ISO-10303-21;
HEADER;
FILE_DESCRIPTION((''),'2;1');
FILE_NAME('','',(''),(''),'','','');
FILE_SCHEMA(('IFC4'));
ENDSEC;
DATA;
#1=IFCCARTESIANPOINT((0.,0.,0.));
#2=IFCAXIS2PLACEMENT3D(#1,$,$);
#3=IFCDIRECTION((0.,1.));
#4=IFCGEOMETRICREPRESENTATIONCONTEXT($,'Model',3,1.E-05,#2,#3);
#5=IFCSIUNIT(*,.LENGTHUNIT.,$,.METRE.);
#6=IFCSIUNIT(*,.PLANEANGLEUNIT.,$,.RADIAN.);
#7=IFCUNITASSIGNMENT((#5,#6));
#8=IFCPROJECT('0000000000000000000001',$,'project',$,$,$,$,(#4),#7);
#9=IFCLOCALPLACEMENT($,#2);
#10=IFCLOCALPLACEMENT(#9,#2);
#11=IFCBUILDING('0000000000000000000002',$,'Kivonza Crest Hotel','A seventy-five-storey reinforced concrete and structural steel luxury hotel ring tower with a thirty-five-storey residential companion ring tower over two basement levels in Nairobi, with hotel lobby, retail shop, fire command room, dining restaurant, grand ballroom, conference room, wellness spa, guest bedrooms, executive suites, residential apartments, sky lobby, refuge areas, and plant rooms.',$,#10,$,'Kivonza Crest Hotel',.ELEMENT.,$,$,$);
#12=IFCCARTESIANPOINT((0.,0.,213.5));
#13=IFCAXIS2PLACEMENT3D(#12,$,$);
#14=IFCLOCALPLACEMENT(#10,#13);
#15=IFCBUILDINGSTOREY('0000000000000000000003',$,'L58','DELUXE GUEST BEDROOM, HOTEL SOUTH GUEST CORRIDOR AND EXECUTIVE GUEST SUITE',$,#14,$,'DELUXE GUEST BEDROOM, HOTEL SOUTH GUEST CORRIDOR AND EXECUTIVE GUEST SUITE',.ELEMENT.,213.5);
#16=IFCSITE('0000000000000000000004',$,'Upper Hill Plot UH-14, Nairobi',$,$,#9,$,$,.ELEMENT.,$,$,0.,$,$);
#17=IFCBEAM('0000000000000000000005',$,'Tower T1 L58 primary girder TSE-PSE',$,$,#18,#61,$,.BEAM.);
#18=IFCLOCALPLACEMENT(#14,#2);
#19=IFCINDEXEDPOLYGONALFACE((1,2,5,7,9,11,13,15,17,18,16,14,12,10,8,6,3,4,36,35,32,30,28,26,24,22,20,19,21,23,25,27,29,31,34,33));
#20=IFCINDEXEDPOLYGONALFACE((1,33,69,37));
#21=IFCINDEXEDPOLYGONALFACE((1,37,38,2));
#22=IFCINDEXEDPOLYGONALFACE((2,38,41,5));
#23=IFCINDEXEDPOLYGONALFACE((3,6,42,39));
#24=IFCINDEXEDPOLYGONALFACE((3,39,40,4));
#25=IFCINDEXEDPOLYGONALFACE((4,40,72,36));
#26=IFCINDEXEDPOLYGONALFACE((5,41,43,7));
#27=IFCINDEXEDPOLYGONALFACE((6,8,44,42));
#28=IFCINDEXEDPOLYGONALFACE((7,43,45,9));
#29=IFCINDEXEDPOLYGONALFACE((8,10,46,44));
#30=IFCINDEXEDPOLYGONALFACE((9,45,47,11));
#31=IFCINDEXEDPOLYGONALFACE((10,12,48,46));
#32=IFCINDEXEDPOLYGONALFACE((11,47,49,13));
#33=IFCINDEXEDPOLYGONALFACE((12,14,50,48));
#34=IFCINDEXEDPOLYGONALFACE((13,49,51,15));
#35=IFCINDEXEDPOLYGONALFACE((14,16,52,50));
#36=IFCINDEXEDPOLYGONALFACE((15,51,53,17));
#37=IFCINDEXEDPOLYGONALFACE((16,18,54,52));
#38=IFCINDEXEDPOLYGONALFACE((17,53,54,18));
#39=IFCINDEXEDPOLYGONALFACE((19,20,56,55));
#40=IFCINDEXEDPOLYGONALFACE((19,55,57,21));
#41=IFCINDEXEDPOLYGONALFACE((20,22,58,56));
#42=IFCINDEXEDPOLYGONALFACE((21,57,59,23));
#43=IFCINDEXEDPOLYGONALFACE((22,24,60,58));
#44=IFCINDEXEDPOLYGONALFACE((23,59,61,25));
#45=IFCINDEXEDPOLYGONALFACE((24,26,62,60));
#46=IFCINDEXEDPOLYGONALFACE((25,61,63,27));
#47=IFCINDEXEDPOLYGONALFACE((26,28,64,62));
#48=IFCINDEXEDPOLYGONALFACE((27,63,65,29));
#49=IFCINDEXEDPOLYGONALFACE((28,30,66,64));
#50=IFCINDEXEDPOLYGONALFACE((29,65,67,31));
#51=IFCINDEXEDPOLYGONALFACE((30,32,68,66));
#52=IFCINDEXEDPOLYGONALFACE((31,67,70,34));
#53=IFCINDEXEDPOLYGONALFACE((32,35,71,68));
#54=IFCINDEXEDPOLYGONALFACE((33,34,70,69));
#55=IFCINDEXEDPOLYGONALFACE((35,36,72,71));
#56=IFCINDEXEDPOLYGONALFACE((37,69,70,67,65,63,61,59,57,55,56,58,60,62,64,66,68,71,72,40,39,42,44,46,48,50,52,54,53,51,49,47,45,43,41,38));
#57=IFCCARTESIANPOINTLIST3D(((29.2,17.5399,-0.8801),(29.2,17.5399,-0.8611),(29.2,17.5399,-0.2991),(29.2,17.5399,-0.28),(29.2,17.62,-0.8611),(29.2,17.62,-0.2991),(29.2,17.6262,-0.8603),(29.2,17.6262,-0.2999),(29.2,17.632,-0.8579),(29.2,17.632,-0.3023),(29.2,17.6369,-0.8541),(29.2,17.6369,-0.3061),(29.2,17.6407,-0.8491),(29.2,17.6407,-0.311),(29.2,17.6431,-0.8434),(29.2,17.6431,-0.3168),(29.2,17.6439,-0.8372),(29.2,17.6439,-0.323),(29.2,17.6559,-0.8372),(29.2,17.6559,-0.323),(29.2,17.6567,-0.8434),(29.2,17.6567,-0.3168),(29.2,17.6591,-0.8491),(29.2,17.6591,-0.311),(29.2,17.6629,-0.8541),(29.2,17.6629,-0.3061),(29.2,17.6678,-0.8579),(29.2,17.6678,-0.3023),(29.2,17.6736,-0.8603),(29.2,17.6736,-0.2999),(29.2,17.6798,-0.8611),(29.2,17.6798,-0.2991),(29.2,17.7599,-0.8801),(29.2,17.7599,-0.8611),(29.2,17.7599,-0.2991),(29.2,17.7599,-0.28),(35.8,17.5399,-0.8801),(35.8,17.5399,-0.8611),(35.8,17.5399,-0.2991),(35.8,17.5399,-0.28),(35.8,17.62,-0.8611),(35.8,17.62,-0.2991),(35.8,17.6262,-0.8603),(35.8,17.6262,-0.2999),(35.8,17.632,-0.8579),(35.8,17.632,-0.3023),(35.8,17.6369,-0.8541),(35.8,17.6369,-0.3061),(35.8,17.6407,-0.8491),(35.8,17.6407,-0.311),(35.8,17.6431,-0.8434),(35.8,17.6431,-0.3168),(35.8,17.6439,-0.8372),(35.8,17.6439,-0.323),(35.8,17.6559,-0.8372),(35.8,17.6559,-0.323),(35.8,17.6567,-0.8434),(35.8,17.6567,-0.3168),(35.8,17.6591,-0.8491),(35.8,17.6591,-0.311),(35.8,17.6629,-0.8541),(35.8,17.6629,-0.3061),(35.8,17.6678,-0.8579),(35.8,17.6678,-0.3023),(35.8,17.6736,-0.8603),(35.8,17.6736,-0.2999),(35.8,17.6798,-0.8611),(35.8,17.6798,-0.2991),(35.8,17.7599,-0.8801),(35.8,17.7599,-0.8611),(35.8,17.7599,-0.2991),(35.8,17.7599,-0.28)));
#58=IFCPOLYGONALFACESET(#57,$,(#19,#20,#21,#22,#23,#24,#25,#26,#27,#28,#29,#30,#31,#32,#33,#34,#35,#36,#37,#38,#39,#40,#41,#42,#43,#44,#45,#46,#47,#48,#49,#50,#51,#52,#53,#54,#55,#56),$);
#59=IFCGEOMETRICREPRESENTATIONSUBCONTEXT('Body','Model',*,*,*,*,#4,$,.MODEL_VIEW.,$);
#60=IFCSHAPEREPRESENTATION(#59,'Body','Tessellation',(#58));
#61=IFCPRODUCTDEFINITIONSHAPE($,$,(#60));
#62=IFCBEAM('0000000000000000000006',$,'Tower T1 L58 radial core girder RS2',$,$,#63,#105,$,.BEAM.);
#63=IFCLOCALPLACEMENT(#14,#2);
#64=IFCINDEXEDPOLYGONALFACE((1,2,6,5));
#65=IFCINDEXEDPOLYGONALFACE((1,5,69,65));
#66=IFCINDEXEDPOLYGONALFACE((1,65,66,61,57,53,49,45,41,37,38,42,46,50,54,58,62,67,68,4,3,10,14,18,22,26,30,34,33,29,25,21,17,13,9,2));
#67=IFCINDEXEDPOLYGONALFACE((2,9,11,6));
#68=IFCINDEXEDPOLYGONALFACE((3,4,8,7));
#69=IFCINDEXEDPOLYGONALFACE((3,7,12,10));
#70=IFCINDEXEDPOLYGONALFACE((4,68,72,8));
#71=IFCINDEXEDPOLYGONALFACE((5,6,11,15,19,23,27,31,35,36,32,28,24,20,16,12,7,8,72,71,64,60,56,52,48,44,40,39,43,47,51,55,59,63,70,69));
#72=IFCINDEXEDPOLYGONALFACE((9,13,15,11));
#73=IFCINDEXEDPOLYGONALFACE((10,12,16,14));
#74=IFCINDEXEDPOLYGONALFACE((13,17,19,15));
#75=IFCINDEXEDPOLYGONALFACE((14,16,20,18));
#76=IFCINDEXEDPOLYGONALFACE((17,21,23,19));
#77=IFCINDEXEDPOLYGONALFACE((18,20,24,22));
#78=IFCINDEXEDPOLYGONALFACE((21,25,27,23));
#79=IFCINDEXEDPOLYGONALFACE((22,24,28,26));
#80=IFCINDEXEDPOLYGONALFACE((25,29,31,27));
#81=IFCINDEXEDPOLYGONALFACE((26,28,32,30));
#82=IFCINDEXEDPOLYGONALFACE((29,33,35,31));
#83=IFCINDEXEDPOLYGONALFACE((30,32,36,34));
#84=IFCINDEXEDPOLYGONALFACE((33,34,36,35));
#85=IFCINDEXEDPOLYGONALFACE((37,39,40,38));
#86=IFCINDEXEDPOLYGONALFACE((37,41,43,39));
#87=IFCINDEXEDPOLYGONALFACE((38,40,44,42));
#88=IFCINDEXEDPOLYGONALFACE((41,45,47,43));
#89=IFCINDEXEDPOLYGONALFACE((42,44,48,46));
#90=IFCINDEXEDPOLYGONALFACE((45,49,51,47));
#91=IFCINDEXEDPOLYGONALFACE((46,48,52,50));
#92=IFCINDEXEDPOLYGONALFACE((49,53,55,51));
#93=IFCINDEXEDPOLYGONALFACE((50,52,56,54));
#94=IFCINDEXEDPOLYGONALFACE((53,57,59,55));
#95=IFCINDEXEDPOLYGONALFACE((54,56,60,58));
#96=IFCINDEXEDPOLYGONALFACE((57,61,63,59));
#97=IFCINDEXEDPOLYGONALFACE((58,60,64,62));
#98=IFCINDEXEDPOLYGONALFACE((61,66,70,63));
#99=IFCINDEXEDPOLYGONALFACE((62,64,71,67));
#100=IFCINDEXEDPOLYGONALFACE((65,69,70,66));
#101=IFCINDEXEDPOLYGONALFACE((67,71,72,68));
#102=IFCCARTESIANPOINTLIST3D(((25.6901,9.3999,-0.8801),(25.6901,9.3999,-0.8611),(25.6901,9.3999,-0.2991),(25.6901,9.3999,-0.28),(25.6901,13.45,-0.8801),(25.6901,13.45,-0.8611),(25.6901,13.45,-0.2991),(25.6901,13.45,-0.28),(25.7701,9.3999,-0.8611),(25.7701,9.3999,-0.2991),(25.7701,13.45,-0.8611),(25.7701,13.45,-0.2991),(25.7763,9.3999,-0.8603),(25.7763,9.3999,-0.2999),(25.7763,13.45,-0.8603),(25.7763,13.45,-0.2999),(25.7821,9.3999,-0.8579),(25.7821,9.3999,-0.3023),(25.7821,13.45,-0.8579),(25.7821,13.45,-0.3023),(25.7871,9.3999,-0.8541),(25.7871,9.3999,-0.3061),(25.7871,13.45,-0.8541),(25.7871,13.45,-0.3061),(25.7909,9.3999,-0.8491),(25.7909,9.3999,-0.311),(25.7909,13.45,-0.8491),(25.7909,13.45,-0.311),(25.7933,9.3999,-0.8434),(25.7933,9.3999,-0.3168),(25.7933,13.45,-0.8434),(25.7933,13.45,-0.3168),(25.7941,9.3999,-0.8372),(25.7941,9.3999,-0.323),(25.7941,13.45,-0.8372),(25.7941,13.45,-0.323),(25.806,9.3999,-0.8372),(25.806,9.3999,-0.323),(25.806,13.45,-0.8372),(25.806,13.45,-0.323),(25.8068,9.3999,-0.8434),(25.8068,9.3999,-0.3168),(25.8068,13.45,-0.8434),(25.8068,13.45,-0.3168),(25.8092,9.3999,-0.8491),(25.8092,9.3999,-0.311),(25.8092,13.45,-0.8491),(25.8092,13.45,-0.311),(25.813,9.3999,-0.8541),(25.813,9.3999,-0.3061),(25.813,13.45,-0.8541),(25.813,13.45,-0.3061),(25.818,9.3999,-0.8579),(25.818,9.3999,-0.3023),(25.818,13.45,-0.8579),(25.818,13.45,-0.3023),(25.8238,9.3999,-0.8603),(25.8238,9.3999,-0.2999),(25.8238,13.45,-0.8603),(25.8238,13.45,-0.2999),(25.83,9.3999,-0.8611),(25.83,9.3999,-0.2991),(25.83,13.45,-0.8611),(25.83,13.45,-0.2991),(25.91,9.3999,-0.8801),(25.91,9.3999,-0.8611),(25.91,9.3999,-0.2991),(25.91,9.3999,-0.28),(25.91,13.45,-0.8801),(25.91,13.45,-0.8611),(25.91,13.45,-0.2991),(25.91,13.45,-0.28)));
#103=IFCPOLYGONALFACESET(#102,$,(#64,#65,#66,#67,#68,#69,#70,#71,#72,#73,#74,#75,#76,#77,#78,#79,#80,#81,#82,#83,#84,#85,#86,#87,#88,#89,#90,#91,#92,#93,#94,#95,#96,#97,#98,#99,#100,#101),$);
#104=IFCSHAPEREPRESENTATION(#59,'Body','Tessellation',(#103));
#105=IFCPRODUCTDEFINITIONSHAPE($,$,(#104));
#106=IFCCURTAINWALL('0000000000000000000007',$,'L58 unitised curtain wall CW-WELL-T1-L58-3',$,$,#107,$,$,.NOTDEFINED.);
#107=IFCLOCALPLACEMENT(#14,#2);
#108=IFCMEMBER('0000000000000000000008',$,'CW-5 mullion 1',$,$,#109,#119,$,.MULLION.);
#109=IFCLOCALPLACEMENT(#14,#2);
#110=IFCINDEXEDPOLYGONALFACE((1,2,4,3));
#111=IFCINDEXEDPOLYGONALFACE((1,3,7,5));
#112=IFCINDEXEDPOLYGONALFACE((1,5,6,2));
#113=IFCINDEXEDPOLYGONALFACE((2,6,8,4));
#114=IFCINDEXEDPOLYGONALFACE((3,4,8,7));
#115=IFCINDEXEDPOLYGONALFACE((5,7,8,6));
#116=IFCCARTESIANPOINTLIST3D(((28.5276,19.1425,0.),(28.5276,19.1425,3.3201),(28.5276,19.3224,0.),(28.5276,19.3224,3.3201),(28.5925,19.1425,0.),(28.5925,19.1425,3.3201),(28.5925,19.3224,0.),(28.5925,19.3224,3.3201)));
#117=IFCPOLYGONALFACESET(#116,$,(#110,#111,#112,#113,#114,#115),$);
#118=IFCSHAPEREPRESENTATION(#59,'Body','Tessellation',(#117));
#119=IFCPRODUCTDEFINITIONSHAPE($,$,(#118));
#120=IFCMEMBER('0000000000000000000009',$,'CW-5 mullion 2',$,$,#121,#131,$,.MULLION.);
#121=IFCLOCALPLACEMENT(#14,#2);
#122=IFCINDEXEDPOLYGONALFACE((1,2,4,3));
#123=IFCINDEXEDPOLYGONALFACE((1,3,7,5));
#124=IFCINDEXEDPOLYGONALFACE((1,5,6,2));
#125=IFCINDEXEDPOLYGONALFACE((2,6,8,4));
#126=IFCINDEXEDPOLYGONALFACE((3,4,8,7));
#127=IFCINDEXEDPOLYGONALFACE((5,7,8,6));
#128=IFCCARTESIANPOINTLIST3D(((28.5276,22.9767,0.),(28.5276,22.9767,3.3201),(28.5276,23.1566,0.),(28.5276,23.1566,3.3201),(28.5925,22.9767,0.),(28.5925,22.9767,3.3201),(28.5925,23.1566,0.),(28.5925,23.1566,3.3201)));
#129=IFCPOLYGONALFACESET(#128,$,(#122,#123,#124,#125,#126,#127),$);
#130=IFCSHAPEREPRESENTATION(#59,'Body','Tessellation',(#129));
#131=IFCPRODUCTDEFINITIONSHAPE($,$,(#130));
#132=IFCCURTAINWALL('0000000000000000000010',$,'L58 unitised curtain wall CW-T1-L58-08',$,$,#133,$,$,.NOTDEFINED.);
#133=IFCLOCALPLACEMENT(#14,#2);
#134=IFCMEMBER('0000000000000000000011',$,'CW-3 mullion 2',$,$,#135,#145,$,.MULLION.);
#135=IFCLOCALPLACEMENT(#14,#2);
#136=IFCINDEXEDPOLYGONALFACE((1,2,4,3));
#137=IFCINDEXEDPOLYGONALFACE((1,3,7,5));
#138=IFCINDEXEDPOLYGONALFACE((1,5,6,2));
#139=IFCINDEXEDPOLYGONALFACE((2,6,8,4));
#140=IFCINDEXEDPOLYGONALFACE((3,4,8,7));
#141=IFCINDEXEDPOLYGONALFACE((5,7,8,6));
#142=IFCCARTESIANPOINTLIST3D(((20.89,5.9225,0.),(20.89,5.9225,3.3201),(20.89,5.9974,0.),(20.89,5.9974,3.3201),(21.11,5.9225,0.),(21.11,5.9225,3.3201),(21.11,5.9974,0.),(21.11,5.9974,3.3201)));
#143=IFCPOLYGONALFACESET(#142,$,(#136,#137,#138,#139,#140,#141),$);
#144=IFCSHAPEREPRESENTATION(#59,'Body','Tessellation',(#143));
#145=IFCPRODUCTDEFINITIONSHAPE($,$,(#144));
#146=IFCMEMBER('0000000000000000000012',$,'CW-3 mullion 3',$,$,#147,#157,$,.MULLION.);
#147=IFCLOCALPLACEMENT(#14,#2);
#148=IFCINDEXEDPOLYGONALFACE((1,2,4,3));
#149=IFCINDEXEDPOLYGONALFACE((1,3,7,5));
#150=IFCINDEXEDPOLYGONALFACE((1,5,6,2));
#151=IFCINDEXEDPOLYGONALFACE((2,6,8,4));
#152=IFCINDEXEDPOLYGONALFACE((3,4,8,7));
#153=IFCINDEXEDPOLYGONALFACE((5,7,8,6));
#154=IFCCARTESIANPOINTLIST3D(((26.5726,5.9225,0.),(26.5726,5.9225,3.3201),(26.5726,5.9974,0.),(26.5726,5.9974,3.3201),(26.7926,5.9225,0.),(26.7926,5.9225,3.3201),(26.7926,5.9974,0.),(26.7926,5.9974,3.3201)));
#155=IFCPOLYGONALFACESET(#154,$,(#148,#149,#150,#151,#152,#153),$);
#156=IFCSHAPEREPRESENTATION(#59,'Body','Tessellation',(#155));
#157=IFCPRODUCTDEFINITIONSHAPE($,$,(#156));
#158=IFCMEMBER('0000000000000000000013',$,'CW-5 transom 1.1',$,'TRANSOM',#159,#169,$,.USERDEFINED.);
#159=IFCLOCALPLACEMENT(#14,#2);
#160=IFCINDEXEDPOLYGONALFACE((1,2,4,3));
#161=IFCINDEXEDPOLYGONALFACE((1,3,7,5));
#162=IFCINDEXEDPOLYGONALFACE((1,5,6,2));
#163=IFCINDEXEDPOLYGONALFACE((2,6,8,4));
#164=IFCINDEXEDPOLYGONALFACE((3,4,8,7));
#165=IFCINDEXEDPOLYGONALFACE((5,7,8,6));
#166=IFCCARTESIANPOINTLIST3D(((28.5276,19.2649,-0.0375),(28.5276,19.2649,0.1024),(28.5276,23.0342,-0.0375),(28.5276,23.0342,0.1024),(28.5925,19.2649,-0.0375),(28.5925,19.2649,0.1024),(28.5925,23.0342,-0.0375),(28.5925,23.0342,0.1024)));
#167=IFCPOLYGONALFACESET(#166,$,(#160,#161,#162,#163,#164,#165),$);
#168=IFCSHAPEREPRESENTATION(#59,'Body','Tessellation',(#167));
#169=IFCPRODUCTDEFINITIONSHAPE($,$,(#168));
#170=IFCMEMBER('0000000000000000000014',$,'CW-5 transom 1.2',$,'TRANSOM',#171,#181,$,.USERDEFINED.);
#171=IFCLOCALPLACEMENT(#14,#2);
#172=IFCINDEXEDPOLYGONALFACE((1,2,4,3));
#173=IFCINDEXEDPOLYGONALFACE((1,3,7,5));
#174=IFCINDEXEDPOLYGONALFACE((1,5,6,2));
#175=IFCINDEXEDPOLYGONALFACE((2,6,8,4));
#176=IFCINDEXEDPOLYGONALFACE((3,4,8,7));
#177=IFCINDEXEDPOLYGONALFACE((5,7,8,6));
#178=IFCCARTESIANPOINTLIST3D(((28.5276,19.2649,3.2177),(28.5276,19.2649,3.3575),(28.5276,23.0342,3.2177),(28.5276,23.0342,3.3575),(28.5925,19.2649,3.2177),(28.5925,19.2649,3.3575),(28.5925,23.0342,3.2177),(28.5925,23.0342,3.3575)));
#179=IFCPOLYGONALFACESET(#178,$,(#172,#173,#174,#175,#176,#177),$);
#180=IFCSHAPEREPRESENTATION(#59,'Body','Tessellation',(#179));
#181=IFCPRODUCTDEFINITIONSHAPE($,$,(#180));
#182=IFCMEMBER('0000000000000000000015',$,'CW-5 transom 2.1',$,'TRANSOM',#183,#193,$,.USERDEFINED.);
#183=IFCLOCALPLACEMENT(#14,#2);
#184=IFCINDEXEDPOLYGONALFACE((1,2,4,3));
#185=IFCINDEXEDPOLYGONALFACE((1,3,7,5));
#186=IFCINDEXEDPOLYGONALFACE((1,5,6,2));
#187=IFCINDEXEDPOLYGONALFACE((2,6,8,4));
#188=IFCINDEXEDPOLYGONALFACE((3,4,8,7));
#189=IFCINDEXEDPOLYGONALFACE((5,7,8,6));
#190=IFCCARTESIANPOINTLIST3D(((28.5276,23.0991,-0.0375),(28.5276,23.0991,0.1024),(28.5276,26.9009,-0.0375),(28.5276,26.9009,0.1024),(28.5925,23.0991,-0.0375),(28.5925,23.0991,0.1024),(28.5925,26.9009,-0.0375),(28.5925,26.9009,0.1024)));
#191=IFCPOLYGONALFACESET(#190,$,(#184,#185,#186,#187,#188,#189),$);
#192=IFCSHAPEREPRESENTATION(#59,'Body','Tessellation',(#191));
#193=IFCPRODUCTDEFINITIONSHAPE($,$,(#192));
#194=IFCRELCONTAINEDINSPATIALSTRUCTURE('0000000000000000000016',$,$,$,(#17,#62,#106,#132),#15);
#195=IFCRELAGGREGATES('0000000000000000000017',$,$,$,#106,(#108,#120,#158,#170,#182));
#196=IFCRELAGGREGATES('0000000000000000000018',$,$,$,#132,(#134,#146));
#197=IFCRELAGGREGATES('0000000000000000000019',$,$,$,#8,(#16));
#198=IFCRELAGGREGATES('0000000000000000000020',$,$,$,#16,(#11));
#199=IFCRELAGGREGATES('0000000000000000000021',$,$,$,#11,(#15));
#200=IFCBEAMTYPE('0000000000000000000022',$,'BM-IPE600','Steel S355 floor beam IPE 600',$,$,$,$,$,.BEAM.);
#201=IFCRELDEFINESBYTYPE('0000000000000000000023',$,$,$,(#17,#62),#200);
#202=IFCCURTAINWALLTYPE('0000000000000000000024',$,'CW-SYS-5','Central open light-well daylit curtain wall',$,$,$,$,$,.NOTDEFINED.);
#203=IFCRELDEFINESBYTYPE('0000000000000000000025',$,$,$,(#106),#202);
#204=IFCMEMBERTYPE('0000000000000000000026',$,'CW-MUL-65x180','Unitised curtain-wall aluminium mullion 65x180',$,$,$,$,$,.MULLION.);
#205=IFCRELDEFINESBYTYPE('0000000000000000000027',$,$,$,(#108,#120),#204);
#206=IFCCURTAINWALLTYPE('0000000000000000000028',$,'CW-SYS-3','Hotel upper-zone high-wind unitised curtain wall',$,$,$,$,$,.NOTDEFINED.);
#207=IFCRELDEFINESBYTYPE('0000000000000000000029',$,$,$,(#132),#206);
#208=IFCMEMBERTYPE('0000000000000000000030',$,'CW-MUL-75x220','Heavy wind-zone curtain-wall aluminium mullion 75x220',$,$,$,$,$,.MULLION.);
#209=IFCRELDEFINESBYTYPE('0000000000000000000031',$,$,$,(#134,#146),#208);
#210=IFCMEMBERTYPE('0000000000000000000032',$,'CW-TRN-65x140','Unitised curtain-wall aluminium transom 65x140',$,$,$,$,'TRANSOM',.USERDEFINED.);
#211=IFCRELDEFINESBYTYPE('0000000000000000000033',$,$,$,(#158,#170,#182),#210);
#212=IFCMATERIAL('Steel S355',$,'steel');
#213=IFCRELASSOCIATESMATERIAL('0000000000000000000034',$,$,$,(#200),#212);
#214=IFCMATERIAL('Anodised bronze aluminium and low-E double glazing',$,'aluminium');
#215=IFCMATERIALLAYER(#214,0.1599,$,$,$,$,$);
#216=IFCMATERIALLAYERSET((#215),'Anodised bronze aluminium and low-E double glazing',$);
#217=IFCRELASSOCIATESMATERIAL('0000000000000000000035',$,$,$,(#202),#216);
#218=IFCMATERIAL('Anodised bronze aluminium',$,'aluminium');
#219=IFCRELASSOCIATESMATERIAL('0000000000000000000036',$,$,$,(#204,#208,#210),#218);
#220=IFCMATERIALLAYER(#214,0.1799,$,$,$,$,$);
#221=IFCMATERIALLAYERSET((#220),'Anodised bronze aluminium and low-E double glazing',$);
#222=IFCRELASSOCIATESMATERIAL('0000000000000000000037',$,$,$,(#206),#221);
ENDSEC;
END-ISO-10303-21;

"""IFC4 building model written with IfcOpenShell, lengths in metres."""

from ifc_helpers import new_model, si_unit, direction, frame, origin, origin_2d, place, context, subcontext, project, spatial, rectangle, i_section, extrude, material, layer, layer_set, material_profile, profile_set, type_object, element, aggregate, save


model = new_model("IFC4")

# Units and contexts
model_context = context("Model", 3, precision=1e-05, world=origin(), true_north=direction((0.0, 1.0)))
body_context = subcontext(model_context, "Body", "Model", "MODEL_VIEW")
ifc_project = project(units=[si_unit("LENGTHUNIT", "METRE"), si_unit("PLANEANGLEUNIT", "RADIAN")], contexts=[model_context])

# Site, building, storey
site_placement = place(None, origin())
site = spatial("IfcSite", under=ifc_project, at=site_placement, Name="Upper Hill Plot UH-14, Nairobi", CompositionType="ELEMENT", RefElevation=0.0)
building_placement = place(site_placement, origin())
building = spatial("IfcBuilding", under=site, at=building_placement, Name="Kivonza Crest Hotel", Description="A seventy-five-storey reinforced concrete and structural steel luxury hotel ring tower with a thirty-five-storey residential companion ring tower over two basement levels in Nairobi, with hotel lobby, retail shop, fire command room, dining restaurant, grand ballroom, conference room, wellness spa, guest bedrooms, executive suites, residential apartments, sky lobby, refuge areas, and plant rooms.", LongName="Kivonza Crest Hotel", CompositionType="ELEMENT")
storey_placement = place(building_placement, frame((0.0, 0.0, 213.5)))
storey = spatial("IfcBuildingStorey", under=building, at=storey_placement, Name="L58", Description="DELUXE GUEST BEDROOM, HOTEL SOUTH GUEST CORRIDOR AND EXECUTIVE GUEST SUITE", LongName="DELUXE GUEST BEDROOM, HOTEL SOUTH GUEST CORRIDOR AND EXECUTIVE GUEST SUITE", CompositionType="ELEMENT", Elevation=213.5)

# Beams
ifc_material_1 = material(Name="Steel S355", Category="steel")
ifc_material_profile_1 = material_profile(ifc_material_1, i_section(OverallWidth=0.22, OverallDepth=0.6001, WebThickness=0.012, FlangeThickness=0.019, FilletRadius=0.0239, at=origin_2d()), Name="IPE 600")
ifc_profile_set_1 = profile_set([ifc_material_profile_1], Name="Steel S355")
beam_type_1 = type_object("IfcBeamType", Name="BM-IPE600", Description="Steel S355 floor beam IPE 600", PredefinedType="BEAM", material=ifc_profile_set_1)
beam_1_placement = place(storey_placement, frame((29.2, 17.6499, -0.5801), z_axis=(1.0, 0.0, 0.0), x_axis=(0.0, 1.0, 0.0)))
element("IfcBeam", 1, at=beam_1_placement, inside=storey, type_object=beam_type_1, Name="Tower T1 L58 primary girder TSE-PSE", PredefinedType="BEAM", context=body_context, shape_type="SweptSolid", body=[
    extrude(i_section(OverallWidth=0.22, OverallDepth=0.6001, WebThickness=0.012, FlangeThickness=0.019, FilletRadius=0.0239, at=origin_2d()), origin(), (0.0, 0.0, 1.0), 6.6001),
])
beam_2_placement = place(storey_placement, frame((25.8, 9.3999, -0.5801), z_axis=(0.0, 1.0, 0.0), x_axis=(-1.0, 0.0, 0.0)))
element("IfcBeam", 2, at=beam_2_placement, inside=storey, type_object=beam_type_1, Name="Tower T1 L58 radial core girder RS2", PredefinedType="BEAM", context=body_context, shape_type="SweptSolid", body=[
    extrude(i_section(OverallWidth=0.22, OverallDepth=0.6001, WebThickness=0.012, FlangeThickness=0.019, FilletRadius=0.0239, at=origin_2d()), origin(), (0.0, 0.0, 1.0), 4.05),
])

# Curtain walls, members
ifc_material_2 = material(Name="Anodised bronze aluminium and low-E double glazing", Category="aluminium")
ifc_layer_1 = layer(ifc_material_2, 0.1599)
ifc_layer_set_1 = layer_set([ifc_layer_1], Name="Anodised bronze aluminium and low-E double glazing")
curtain_wall_type_1 = type_object("IfcCurtainWallType", Name="CW-SYS-5", Description="Central open light-well daylit curtain wall", PredefinedType="NOTDEFINED", material=ifc_layer_set_1)
curtain_wall_1_placement = place(storey_placement, origin())
curtain_wall_1 = element("IfcCurtainWall", 3, at=curtain_wall_1_placement, inside=storey, type_object=curtain_wall_type_1, Name="L58 unitised curtain wall CW-WELL-T1-L58-3", PredefinedType="NOTDEFINED")
ifc_material_3 = material(Name="Anodised bronze aluminium", Category="aluminium")
ifc_material_profile_2 = material_profile(ifc_material_3, rectangle(XDim=0.0649, YDim=0.1799, at=origin_2d()), Name="CW-M 65x180")
ifc_profile_set_2 = profile_set([ifc_material_profile_2], Name="Anodised bronze aluminium")
member_type_1 = type_object("IfcMemberType", Name="CW-MUL-65x180", Description="Unitised curtain-wall aluminium mullion 65x180", PredefinedType="MULLION", material=ifc_profile_set_2)
member_1_placement = place(storey_placement, frame((28.5601, 19.2324, 0.0), z_axis=(0.0, 0.0, 1.0), x_axis=(-1.0, 0.0, 0.0)))
member_1 = element("IfcMember", 4, at=member_1_placement, type_object=member_type_1, Name="CW-5 mullion 1", PredefinedType="MULLION", context=body_context, shape_type="SweptSolid", body=[
    extrude(rectangle(XDim=0.0649, YDim=0.1799, at=origin_2d()), origin(), (0.0, 0.0, 1.0), 3.3201),
])
member_2_placement = place(storey_placement, frame((28.5601, 23.0667, 0.0), z_axis=(0.0, 0.0, 1.0), x_axis=(-1.0, 0.0, 0.0)))
member_2 = element("IfcMember", 5, at=member_2_placement, type_object=member_type_1, Name="CW-5 mullion 2", PredefinedType="MULLION", context=body_context, shape_type="SweptSolid", body=[
    extrude(rectangle(XDim=0.0649, YDim=0.1799, at=origin_2d()), origin(), (0.0, 0.0, 1.0), 3.3201),
])
ifc_layer_2 = layer(ifc_material_2, 0.1799)
ifc_layer_set_2 = layer_set([ifc_layer_2], Name="Anodised bronze aluminium and low-E double glazing")
curtain_wall_type_2 = type_object("IfcCurtainWallType", Name="CW-SYS-3", Description="Hotel upper-zone high-wind unitised curtain wall", PredefinedType="NOTDEFINED", material=ifc_layer_set_2)
curtain_wall_2_placement = place(storey_placement, origin())
curtain_wall_2 = element("IfcCurtainWall", 6, at=curtain_wall_2_placement, inside=storey, type_object=curtain_wall_type_2, Name="L58 unitised curtain wall CW-T1-L58-08", PredefinedType="NOTDEFINED")
ifc_material_profile_3 = material_profile(ifc_material_3, rectangle(XDim=0.075, YDim=0.22, at=origin_2d()), Name="CW-M 75x220")
ifc_profile_set_3 = profile_set([ifc_material_profile_3], Name="Anodised bronze aluminium")
member_type_2 = type_object("IfcMemberType", Name="CW-MUL-75x220", Description="Heavy wind-zone curtain-wall aluminium mullion 75x220", PredefinedType="MULLION", material=ifc_profile_set_3)
member_3_placement = place(storey_placement, frame((21.0, 5.96, 0.0), z_axis=(0.0, 0.0, 1.0), x_axis=(0.0, 1.0, 0.0)))
member_3 = element("IfcMember", 7, at=member_3_placement, type_object=member_type_2, Name="CW-3 mullion 2", PredefinedType="MULLION", context=body_context, shape_type="SweptSolid", body=[
    extrude(rectangle(XDim=0.075, YDim=0.22, at=origin_2d()), origin(), (0.0, 0.0, 1.0), 3.3201),
])
member_4_placement = place(storey_placement, frame((26.6826, 5.96, 0.0), z_axis=(0.0, 0.0, 1.0), x_axis=(0.0, 1.0, 0.0)))
member_4 = element("IfcMember", 8, at=member_4_placement, type_object=member_type_2, Name="CW-3 mullion 3", PredefinedType="MULLION", context=body_context, shape_type="SweptSolid", body=[
    extrude(rectangle(XDim=0.075, YDim=0.22, at=origin_2d()), origin(), (0.0, 0.0, 1.0), 3.3201),
])

# Members
ifc_material_profile_4 = material_profile(ifc_material_3, rectangle(XDim=0.0649, YDim=0.1399, at=origin_2d()), Name="CW-T 65x140")
ifc_profile_set_4 = profile_set([ifc_material_profile_4], Name="Anodised bronze aluminium")
member_type_3 = type_object("IfcMemberType", Name="CW-TRN-65x140", Description="Unitised curtain-wall aluminium transom 65x140", ElementType="TRANSOM", PredefinedType="USERDEFINED", material=ifc_profile_set_4)
member_5_placement = place(storey_placement, frame((28.5601, 19.2649, 0.0325), z_axis=(0.0, 1.0, 0.0), x_axis=(-1.0, 0.0, 0.0)))
member_5 = element("IfcMember", 9, at=member_5_placement, type_object=member_type_3, Name="CW-5 transom 1.1", ObjectType="TRANSOM", PredefinedType="USERDEFINED", context=body_context, shape_type="SweptSolid", body=[
    extrude(rectangle(XDim=0.0649, YDim=0.1399, at=origin_2d()), origin(), (0.0, 0.0, 1.0), 3.7693),
])
member_6_placement = place(storey_placement, frame((28.5601, 19.2649, 3.2876), z_axis=(0.0, 1.0, 0.0), x_axis=(-1.0, 0.0, 0.0)))
member_6 = element("IfcMember", 10, at=member_6_placement, type_object=member_type_3, Name="CW-5 transom 1.2", ObjectType="TRANSOM", PredefinedType="USERDEFINED", context=body_context, shape_type="SweptSolid", body=[
    extrude(rectangle(XDim=0.0649, YDim=0.1399, at=origin_2d()), origin(), (0.0, 0.0, 1.0), 3.7693),
])
member_7_placement = place(storey_placement, frame((28.5601, 23.0991, 0.0325), z_axis=(0.0, 1.0, 0.0), x_axis=(-1.0, 0.0, 0.0)))
member_7 = element("IfcMember", 11, at=member_7_placement, type_object=member_type_3, Name="CW-5 transom 2.1", ObjectType="TRANSOM", PredefinedType="USERDEFINED", context=body_context, shape_type="SweptSolid", body=[
    extrude(rectangle(XDim=0.0649, YDim=0.1399, at=origin_2d()), origin(), (0.0, 0.0, 1.0), 3.8018),
])

aggregate(curtain_wall_1, [member_1, member_2, member_5, member_6, member_7])
aggregate(curtain_wall_2, [member_3, member_4])

save(model, "model.ifc")
